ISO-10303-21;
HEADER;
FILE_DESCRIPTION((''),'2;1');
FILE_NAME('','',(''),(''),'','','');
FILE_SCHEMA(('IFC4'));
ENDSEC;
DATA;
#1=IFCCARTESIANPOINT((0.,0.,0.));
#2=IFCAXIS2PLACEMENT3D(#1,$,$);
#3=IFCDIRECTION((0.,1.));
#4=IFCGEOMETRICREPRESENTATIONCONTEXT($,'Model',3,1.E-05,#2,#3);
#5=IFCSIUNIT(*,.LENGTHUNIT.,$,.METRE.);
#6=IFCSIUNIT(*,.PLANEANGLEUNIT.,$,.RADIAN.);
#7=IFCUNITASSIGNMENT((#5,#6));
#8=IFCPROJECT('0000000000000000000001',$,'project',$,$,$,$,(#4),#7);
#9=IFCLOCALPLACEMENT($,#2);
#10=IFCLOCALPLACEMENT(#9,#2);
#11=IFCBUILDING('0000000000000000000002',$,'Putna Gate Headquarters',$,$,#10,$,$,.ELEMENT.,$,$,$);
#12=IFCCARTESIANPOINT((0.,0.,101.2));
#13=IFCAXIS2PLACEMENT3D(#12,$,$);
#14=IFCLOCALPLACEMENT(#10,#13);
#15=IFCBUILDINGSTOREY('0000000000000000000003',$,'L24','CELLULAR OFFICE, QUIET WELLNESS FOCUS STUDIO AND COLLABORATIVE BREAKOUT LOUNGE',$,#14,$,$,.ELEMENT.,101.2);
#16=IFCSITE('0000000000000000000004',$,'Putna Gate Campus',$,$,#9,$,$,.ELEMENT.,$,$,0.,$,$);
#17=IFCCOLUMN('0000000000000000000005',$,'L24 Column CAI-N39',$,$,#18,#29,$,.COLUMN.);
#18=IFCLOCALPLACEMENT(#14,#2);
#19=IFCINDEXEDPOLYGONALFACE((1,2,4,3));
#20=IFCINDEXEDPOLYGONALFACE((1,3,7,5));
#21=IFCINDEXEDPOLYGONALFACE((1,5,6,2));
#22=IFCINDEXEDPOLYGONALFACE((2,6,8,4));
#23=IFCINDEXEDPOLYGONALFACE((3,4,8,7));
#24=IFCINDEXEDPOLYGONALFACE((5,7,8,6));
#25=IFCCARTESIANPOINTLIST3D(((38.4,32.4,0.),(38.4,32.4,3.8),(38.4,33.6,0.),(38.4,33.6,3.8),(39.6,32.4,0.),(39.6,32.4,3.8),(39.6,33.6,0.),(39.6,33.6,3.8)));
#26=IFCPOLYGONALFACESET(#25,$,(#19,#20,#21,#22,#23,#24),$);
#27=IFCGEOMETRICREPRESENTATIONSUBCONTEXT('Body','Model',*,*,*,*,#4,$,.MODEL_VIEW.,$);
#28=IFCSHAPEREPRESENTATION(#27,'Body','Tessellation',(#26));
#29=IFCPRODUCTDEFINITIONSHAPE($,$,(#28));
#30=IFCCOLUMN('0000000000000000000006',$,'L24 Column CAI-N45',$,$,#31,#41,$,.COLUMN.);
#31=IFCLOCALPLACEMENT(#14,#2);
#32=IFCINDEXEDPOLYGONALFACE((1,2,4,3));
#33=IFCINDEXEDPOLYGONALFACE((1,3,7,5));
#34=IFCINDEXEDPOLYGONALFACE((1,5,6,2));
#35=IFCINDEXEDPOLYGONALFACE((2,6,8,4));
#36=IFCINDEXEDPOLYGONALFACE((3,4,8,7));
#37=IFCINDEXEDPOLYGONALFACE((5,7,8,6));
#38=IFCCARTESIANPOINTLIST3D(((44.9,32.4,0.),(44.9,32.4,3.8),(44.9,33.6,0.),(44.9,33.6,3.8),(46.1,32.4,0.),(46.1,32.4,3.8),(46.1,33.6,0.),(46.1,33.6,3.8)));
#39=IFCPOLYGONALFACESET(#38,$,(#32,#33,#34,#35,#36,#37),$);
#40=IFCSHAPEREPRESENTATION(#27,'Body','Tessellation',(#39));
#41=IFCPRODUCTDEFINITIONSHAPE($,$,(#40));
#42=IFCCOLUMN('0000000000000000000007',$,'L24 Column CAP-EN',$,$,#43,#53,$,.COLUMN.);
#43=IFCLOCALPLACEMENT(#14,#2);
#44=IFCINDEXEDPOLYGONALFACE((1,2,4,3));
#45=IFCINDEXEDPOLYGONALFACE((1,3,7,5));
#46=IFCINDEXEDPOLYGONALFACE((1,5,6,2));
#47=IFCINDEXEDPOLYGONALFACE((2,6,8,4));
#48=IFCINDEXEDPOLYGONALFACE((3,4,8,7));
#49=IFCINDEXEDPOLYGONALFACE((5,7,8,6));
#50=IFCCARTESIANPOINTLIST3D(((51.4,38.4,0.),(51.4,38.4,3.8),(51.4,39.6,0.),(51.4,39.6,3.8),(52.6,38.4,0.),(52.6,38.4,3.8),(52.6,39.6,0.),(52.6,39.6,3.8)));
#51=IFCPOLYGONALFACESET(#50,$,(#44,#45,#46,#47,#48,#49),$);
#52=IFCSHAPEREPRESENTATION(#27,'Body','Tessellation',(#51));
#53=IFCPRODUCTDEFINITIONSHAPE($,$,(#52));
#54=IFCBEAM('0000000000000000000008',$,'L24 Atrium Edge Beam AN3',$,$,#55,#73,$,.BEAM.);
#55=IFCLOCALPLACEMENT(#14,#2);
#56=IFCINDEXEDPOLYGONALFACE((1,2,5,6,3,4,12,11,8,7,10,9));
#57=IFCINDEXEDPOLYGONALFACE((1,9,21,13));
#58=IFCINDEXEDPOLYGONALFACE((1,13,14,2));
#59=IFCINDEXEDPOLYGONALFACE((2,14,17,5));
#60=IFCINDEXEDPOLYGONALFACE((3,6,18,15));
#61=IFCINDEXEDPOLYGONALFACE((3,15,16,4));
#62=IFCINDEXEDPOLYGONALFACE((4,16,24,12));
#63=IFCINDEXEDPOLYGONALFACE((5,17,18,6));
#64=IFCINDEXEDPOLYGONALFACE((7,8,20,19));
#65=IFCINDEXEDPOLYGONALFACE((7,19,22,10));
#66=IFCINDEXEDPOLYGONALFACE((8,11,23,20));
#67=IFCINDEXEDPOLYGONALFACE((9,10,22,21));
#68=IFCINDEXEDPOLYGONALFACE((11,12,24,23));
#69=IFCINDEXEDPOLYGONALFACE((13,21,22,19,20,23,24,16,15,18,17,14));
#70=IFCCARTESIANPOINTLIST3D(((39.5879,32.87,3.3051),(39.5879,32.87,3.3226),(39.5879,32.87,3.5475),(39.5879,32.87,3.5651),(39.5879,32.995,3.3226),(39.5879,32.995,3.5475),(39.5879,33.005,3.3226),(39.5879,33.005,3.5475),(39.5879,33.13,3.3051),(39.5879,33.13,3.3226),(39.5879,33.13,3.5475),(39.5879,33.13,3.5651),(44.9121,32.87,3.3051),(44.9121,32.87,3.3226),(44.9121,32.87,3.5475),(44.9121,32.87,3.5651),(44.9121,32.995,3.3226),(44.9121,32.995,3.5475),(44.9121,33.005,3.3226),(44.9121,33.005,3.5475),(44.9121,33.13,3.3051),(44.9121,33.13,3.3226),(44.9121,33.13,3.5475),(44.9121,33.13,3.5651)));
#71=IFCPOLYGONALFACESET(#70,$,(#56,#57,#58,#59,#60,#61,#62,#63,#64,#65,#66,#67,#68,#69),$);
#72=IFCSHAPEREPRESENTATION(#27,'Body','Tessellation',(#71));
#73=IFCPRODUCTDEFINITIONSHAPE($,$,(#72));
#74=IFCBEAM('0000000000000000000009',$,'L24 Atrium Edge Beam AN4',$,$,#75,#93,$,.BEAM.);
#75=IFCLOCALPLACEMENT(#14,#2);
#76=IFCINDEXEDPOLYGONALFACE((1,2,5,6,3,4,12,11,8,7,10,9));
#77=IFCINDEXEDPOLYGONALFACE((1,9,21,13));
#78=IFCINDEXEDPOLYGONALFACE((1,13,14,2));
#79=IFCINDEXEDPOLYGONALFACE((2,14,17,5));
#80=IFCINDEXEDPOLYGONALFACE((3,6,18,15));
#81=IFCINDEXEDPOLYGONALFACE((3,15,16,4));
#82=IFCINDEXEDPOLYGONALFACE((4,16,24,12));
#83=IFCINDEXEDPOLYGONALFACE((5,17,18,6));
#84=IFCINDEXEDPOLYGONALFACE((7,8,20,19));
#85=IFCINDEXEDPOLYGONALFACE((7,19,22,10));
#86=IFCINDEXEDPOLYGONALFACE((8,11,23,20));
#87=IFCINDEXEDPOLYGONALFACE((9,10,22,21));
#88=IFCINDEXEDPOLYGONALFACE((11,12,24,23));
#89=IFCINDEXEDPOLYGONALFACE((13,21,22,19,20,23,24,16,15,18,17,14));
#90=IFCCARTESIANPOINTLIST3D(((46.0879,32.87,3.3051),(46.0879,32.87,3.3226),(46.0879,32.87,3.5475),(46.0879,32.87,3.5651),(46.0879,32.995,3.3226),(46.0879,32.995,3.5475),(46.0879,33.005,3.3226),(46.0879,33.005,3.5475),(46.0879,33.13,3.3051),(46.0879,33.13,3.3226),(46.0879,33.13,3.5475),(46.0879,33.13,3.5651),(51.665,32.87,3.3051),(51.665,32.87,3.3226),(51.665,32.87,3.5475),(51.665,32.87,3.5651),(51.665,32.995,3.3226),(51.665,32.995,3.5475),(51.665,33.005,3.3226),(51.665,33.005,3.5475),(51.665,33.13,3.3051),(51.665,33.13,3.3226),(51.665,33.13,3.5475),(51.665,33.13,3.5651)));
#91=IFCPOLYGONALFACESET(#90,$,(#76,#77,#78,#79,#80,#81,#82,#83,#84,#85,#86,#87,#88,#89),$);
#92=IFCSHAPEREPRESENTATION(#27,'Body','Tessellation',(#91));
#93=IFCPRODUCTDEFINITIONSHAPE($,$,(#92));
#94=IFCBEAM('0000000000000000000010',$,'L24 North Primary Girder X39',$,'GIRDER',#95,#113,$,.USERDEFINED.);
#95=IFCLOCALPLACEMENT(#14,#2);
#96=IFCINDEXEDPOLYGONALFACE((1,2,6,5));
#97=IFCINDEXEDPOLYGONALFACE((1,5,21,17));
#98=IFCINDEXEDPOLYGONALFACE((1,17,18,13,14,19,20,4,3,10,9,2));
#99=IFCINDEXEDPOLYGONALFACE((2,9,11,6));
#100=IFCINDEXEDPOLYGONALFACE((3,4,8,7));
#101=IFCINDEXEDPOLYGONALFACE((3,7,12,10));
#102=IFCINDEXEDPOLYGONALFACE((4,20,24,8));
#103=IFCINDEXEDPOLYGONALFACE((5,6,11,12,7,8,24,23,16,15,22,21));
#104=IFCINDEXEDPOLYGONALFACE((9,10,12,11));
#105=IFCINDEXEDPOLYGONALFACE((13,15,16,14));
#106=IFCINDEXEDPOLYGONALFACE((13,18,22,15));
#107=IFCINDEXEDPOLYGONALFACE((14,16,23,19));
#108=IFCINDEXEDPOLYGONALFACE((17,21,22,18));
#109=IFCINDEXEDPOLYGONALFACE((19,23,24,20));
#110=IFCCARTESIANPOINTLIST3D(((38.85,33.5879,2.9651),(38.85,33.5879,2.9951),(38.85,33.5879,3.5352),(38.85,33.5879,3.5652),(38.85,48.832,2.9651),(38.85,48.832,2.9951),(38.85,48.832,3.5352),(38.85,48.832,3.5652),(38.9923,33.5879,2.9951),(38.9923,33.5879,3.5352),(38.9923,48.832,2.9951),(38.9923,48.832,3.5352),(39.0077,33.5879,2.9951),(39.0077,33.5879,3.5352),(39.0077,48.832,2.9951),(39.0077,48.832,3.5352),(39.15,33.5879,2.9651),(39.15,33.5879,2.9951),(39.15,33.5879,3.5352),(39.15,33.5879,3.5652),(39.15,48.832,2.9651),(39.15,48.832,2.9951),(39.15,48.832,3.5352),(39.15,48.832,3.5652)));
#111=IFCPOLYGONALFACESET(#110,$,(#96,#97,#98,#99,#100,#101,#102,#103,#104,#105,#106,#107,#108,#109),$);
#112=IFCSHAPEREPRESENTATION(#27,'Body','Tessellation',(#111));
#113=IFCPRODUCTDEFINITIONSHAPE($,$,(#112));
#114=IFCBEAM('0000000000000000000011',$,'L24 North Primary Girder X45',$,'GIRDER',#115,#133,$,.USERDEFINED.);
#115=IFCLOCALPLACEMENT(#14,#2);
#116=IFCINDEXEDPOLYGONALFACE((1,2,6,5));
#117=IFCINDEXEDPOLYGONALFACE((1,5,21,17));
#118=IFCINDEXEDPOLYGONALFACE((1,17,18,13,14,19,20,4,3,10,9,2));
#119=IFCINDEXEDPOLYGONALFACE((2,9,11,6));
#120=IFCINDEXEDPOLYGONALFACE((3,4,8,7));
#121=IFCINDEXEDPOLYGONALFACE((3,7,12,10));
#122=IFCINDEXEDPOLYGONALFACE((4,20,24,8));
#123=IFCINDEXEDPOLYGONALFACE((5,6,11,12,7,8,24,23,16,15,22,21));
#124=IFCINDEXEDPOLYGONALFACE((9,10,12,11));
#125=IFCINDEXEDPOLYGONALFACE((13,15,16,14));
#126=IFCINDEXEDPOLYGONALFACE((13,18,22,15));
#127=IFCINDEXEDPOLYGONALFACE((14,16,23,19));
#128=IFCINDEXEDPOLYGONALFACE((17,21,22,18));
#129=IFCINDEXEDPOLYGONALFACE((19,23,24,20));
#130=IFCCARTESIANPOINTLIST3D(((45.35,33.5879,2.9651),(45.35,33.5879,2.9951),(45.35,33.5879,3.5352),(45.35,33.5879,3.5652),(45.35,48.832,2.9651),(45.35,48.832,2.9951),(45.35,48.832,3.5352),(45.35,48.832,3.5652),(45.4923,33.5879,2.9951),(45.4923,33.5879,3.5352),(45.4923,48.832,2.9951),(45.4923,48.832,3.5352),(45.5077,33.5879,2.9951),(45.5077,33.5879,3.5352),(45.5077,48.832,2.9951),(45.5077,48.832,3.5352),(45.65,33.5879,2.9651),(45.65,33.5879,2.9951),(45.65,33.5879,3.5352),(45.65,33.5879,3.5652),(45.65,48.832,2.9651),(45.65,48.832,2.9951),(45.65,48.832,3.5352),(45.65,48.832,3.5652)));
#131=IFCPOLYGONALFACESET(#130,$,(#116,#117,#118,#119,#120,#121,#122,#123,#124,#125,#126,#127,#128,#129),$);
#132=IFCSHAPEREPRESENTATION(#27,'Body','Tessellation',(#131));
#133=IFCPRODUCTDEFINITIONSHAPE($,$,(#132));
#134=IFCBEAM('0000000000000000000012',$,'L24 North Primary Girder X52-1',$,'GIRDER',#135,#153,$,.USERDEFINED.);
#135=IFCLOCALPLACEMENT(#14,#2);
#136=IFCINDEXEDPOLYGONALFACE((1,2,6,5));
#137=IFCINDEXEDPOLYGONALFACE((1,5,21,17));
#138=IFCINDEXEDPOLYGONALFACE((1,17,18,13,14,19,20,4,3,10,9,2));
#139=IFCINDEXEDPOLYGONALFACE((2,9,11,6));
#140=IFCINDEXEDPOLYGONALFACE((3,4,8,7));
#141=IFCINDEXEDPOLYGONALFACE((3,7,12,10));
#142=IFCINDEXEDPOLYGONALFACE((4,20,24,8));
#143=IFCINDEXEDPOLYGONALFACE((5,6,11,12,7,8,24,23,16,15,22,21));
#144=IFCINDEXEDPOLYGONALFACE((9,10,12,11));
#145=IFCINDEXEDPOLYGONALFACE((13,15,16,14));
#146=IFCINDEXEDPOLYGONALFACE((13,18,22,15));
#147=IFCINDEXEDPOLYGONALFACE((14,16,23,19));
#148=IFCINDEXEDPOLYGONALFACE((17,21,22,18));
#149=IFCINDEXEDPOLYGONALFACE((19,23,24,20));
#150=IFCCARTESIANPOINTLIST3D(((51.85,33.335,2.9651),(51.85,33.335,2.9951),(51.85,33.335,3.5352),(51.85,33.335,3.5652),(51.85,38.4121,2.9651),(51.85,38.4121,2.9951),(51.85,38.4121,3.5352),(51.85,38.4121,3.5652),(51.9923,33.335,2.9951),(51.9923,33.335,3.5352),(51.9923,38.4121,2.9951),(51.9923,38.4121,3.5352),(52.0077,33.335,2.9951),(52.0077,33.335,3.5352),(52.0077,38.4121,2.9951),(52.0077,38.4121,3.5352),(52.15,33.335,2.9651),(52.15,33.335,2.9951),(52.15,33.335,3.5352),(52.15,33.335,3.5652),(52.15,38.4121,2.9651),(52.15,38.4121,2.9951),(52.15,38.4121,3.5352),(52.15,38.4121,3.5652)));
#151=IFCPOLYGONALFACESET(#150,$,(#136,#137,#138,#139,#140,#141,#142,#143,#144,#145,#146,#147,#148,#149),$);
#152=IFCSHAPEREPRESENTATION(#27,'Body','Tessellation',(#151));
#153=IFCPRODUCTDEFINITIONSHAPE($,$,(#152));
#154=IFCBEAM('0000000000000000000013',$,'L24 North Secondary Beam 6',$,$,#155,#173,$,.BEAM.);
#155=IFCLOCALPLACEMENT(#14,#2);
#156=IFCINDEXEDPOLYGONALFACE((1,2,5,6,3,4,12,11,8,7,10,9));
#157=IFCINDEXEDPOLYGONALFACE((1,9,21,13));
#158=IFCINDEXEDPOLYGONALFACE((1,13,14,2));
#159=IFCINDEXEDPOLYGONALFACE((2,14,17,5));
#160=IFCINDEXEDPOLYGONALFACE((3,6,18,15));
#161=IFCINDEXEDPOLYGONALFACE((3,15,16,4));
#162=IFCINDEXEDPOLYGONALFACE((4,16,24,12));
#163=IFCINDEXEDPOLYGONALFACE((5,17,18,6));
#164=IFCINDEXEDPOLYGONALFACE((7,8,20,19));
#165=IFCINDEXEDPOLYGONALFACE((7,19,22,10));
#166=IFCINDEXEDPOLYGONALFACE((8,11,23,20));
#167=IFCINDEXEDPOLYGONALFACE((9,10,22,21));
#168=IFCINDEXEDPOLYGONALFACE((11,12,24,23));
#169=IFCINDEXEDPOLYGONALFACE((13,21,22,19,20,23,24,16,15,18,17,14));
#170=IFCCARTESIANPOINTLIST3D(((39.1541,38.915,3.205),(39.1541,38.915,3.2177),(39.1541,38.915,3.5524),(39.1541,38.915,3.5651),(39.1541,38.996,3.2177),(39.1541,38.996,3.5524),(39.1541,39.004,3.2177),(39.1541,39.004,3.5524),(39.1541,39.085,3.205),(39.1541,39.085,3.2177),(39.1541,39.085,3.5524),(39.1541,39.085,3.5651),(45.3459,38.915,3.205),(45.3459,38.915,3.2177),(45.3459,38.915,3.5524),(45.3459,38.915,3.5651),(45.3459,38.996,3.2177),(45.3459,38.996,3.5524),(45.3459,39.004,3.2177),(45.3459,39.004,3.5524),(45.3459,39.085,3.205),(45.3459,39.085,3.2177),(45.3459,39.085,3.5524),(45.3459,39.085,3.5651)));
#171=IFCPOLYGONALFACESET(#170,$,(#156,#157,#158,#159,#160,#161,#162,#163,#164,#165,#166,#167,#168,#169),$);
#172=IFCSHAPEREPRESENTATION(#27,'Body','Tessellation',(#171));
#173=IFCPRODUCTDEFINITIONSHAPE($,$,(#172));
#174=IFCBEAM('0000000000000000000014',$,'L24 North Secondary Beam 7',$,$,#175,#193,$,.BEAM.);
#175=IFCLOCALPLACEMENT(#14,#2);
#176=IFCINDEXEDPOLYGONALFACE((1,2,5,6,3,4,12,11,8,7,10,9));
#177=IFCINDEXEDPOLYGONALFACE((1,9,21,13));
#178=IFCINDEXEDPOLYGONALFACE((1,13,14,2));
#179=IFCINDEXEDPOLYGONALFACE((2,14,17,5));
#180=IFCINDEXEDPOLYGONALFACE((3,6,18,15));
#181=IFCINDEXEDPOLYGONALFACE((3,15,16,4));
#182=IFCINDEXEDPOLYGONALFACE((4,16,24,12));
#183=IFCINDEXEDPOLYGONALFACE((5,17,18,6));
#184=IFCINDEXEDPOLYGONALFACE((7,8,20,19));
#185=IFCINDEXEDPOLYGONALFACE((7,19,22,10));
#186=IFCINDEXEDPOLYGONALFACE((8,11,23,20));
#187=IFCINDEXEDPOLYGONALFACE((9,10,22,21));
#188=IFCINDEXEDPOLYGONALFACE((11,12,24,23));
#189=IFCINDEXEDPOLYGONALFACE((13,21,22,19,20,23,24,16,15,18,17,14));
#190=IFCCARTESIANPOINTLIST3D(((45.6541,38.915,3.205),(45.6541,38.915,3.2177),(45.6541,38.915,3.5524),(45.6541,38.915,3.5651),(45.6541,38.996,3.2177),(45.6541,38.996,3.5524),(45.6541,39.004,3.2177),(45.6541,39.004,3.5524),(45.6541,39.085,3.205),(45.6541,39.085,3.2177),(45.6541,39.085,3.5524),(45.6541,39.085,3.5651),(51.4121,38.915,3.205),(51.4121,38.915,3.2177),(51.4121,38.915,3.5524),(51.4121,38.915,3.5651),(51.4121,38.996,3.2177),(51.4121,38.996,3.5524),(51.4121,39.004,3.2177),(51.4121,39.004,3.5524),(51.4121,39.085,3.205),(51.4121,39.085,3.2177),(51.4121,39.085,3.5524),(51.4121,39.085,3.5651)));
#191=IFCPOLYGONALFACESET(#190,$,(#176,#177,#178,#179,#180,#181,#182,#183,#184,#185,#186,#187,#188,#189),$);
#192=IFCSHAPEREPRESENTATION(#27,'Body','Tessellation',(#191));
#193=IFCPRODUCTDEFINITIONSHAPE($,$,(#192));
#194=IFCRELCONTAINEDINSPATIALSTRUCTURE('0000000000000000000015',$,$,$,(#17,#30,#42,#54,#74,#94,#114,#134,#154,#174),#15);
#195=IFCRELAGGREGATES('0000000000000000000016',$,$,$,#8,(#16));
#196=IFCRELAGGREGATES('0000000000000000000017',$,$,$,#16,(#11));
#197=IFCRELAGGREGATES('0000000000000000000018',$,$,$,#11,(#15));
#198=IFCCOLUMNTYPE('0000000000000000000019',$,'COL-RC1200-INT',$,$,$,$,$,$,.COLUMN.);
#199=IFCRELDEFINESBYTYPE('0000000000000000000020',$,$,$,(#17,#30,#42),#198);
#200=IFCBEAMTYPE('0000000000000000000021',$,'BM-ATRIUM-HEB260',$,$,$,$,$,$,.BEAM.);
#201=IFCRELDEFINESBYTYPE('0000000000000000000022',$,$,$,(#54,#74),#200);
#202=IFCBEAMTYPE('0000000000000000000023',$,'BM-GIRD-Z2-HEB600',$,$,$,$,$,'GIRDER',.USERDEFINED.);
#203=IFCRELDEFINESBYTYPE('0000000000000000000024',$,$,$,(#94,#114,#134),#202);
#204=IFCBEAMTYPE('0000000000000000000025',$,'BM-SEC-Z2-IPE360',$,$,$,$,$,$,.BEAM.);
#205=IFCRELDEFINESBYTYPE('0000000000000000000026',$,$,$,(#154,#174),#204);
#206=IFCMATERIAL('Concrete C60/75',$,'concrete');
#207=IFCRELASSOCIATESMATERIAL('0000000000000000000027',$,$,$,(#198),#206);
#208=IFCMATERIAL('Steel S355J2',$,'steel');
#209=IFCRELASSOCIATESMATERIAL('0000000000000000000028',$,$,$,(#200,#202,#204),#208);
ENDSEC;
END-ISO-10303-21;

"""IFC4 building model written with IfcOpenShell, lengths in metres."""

from ifc_helpers import new_model, si_unit, direction, frame, origin, origin_2d, place, context, subcontext, project, spatial, rectangle, i_section, extrude, material, material_profile, profile_set, type_object, element, save


model = new_model("IFC4")

# Units and contexts
model_context = context("Model", 3, precision=1e-05, world=origin(), true_north=direction((0.0, 1.0)))
body_context = subcontext(model_context, "Body", "Model", "MODEL_VIEW")
ifc_project = project(units=[si_unit("LENGTHUNIT", "METRE"), si_unit("PLANEANGLEUNIT", "RADIAN")], contexts=[model_context])

# Site, building, storey
site_placement = place(None, origin())
site = spatial("IfcSite", under=ifc_project, at=site_placement, Name="Putna Gate Campus", CompositionType="ELEMENT", RefElevation=0.0)
building_placement = place(site_placement, origin())
building = spatial("IfcBuilding", under=site, at=building_placement, Name="Putna Gate Headquarters", CompositionType="ELEMENT")
storey_placement = place(building_placement, frame((0.0, 0.0, 101.2)))
storey = spatial("IfcBuildingStorey", under=building, at=storey_placement, Name="L24", Description="CELLULAR OFFICE, QUIET WELLNESS FOCUS STUDIO AND COLLABORATIVE BREAKOUT LOUNGE", CompositionType="ELEMENT", Elevation=101.2)

# Columns
ifc_material_1 = material(Name="Concrete C60/75", Category="concrete")
ifc_material_profile_1 = material_profile(ifc_material_1, rectangle(XDim=1.2, YDim=1.2, at=origin_2d()), Name="Concrete C60/75")
ifc_profile_set_1 = profile_set([ifc_material_profile_1], Name="Concrete C60/75")
column_type = type_object("IfcColumnType", Name="COL-RC1200-INT", PredefinedType="COLUMN", material=ifc_profile_set_1)
for number, where, z_axis, x_axis, name in (
    (1, (39.0, 33.0, 0.0), (0.0, 0.0, 1.0), (1.0, 0.0, 0.0), "L24 Column CAI-N39"),
    (2, (45.5, 33.0, 0.0), (0.0, 0.0, 1.0), (1.0, 0.0, 0.0), "L24 Column CAI-N45"),
    (3, (52.0, 39.0, 0.0), (0.0, 0.0, 1.0), (1.0, 0.0, 0.0), "L24 Column CAP-EN"),
):
    element("IfcColumn", number, at=place(storey_placement, frame(where, z_axis=z_axis, x_axis=x_axis)), inside=storey, type_object=column_type, Name=name, PredefinedType="COLUMN", context=body_context, shape_type="SweptSolid", body=[
        extrude(rectangle(XDim=1.2, YDim=1.2, at=origin_2d()), origin(), (0.0, 0.0, 1.0), 3.8),
    ])

# Beams
ifc_material_2 = material(Name="Steel S355J2", Category="steel")
ifc_material_profile_2 = material_profile(ifc_material_2, i_section(OverallWidth=0.26, OverallDepth=0.26, WebThickness=0.01, FlangeThickness=0.0176, at=origin_2d()), Name="Steel S355J2")
ifc_profile_set_2 = profile_set([ifc_material_profile_2], Name="Steel S355J2")
beam_type_1 = type_object("IfcBeamType", Name="BM-ATRIUM-HEB260", PredefinedType="BEAM", material=ifc_profile_set_2)
beam_1_placement = place(storey_placement, frame((39.5879, 33.0, 3.4351), z_axis=(1.0, 0.0, 0.0), x_axis=(0.0, 1.0, 0.0)))
element("IfcBeam", 4, at=beam_1_placement, inside=storey, type_object=beam_type_1, Name="L24 Atrium Edge Beam AN3", PredefinedType="BEAM", context=body_context, shape_type="SweptSolid", body=[
    extrude(i_section(OverallWidth=0.26, OverallDepth=0.26, WebThickness=0.01, FlangeThickness=0.0176, at=origin_2d()), origin(), (0.0, 0.0, 1.0), 5.3242),
])
beam_2_placement = place(storey_placement, frame((46.0879, 33.0, 3.4351), z_axis=(1.0, 0.0, 0.0), x_axis=(0.0, 1.0, 0.0)))
element("IfcBeam", 5, at=beam_2_placement, inside=storey, type_object=beam_type_1, Name="L24 Atrium Edge Beam AN4", PredefinedType="BEAM", context=body_context, shape_type="SweptSolid", body=[
    extrude(i_section(OverallWidth=0.26, OverallDepth=0.26, WebThickness=0.01, FlangeThickness=0.0176, at=origin_2d()), origin(), (0.0, 0.0, 1.0), 5.5771),
])
ifc_material_profile_3 = material_profile(ifc_material_2, i_section(OverallWidth=0.3, OverallDepth=0.6001, WebThickness=0.0154, FlangeThickness=0.03, at=origin_2d()), Name="Steel S355J2")
ifc_profile_set_3 = profile_set([ifc_material_profile_3], Name="Steel S355J2")
beam_type_2 = type_object("IfcBeamType", Name="BM-GIRD-Z2-HEB600", ElementType="GIRDER", PredefinedType="USERDEFINED", material=ifc_profile_set_3)
for number, where, z_axis, x_axis, name in (
    (6, (39.0, 33.5879, 3.2651), (0.0, 1.0, 0.0), (-1.0, 0.0, 0.0), "L24 North Primary Girder X39"),
    (7, (45.5, 33.5879, 3.2651), (0.0, 1.0, 0.0), (-1.0, 0.0, 0.0), "L24 North Primary Girder X45"),
):
    element("IfcBeam", number, at=place(storey_placement, frame(where, z_axis=z_axis, x_axis=x_axis)), inside=storey, type_object=beam_type_2, Name=name, ObjectType="GIRDER", PredefinedType="USERDEFINED", context=body_context, shape_type="SweptSolid", body=[
        extrude(i_section(OverallWidth=0.3, OverallDepth=0.6001, WebThickness=0.0154, FlangeThickness=0.03, at=origin_2d()), origin(), (0.0, 0.0, 1.0), 15.2441),
    ])
beam_3_placement = place(storey_placement, frame((52.0, 33.335, 3.2651), z_axis=(0.0, 1.0, 0.0), x_axis=(-1.0, 0.0, 0.0)))
element("IfcBeam", 8, at=beam_3_placement, inside=storey, type_object=beam_type_2, Name="L24 North Primary Girder X52-1", ObjectType="GIRDER", PredefinedType="USERDEFINED", context=body_context, shape_type="SweptSolid", body=[
    extrude(i_section(OverallWidth=0.3, OverallDepth=0.6001, WebThickness=0.0154, FlangeThickness=0.03, at=origin_2d()), origin(), (0.0, 0.0, 1.0), 5.0771),
])
ifc_material_profile_4 = material_profile(ifc_material_2, i_section(OverallWidth=0.1699, OverallDepth=0.3601, WebThickness=0.0081, FlangeThickness=0.0127, at=origin_2d()), Name="Steel S355J2")
ifc_profile_set_4 = profile_set([ifc_material_profile_4], Name="Steel S355J2")
beam_type_3 = type_object("IfcBeamType", Name="BM-SEC-Z2-IPE360", PredefinedType="BEAM", material=ifc_profile_set_4)
beam_4_placement = place(storey_placement, frame((39.1541, 39.0, 3.385), z_axis=(1.0, 0.0, 0.0), x_axis=(0.0, 1.0, 0.0)))
element("IfcBeam", 9, at=beam_4_placement, inside=storey, type_object=beam_type_3, Name="L24 North Secondary Beam 6", PredefinedType="BEAM", context=body_context, shape_type="SweptSolid", body=[
    extrude(i_section(OverallWidth=0.1699, OverallDepth=0.3601, WebThickness=0.0081, FlangeThickness=0.0127, at=origin_2d()), origin(), (0.0, 0.0, 1.0), 6.1919),
])
beam_5_placement = place(storey_placement, frame((45.6541, 39.0, 3.385), z_axis=(1.0, 0.0, 0.0), x_axis=(0.0, 1.0, 0.0)))
element("IfcBeam", 10, at=beam_5_placement, inside=storey, type_object=beam_type_3, Name="L24 North Secondary Beam 7", PredefinedType="BEAM", context=body_context, shape_type="SweptSolid", body=[
    extrude(i_section(OverallWidth=0.1699, OverallDepth=0.3601, WebThickness=0.0081, FlangeThickness=0.0127, at=origin_2d()), origin(), (0.0, 0.0, 1.0), 5.7581),
])

save(model, "model.ifc")
